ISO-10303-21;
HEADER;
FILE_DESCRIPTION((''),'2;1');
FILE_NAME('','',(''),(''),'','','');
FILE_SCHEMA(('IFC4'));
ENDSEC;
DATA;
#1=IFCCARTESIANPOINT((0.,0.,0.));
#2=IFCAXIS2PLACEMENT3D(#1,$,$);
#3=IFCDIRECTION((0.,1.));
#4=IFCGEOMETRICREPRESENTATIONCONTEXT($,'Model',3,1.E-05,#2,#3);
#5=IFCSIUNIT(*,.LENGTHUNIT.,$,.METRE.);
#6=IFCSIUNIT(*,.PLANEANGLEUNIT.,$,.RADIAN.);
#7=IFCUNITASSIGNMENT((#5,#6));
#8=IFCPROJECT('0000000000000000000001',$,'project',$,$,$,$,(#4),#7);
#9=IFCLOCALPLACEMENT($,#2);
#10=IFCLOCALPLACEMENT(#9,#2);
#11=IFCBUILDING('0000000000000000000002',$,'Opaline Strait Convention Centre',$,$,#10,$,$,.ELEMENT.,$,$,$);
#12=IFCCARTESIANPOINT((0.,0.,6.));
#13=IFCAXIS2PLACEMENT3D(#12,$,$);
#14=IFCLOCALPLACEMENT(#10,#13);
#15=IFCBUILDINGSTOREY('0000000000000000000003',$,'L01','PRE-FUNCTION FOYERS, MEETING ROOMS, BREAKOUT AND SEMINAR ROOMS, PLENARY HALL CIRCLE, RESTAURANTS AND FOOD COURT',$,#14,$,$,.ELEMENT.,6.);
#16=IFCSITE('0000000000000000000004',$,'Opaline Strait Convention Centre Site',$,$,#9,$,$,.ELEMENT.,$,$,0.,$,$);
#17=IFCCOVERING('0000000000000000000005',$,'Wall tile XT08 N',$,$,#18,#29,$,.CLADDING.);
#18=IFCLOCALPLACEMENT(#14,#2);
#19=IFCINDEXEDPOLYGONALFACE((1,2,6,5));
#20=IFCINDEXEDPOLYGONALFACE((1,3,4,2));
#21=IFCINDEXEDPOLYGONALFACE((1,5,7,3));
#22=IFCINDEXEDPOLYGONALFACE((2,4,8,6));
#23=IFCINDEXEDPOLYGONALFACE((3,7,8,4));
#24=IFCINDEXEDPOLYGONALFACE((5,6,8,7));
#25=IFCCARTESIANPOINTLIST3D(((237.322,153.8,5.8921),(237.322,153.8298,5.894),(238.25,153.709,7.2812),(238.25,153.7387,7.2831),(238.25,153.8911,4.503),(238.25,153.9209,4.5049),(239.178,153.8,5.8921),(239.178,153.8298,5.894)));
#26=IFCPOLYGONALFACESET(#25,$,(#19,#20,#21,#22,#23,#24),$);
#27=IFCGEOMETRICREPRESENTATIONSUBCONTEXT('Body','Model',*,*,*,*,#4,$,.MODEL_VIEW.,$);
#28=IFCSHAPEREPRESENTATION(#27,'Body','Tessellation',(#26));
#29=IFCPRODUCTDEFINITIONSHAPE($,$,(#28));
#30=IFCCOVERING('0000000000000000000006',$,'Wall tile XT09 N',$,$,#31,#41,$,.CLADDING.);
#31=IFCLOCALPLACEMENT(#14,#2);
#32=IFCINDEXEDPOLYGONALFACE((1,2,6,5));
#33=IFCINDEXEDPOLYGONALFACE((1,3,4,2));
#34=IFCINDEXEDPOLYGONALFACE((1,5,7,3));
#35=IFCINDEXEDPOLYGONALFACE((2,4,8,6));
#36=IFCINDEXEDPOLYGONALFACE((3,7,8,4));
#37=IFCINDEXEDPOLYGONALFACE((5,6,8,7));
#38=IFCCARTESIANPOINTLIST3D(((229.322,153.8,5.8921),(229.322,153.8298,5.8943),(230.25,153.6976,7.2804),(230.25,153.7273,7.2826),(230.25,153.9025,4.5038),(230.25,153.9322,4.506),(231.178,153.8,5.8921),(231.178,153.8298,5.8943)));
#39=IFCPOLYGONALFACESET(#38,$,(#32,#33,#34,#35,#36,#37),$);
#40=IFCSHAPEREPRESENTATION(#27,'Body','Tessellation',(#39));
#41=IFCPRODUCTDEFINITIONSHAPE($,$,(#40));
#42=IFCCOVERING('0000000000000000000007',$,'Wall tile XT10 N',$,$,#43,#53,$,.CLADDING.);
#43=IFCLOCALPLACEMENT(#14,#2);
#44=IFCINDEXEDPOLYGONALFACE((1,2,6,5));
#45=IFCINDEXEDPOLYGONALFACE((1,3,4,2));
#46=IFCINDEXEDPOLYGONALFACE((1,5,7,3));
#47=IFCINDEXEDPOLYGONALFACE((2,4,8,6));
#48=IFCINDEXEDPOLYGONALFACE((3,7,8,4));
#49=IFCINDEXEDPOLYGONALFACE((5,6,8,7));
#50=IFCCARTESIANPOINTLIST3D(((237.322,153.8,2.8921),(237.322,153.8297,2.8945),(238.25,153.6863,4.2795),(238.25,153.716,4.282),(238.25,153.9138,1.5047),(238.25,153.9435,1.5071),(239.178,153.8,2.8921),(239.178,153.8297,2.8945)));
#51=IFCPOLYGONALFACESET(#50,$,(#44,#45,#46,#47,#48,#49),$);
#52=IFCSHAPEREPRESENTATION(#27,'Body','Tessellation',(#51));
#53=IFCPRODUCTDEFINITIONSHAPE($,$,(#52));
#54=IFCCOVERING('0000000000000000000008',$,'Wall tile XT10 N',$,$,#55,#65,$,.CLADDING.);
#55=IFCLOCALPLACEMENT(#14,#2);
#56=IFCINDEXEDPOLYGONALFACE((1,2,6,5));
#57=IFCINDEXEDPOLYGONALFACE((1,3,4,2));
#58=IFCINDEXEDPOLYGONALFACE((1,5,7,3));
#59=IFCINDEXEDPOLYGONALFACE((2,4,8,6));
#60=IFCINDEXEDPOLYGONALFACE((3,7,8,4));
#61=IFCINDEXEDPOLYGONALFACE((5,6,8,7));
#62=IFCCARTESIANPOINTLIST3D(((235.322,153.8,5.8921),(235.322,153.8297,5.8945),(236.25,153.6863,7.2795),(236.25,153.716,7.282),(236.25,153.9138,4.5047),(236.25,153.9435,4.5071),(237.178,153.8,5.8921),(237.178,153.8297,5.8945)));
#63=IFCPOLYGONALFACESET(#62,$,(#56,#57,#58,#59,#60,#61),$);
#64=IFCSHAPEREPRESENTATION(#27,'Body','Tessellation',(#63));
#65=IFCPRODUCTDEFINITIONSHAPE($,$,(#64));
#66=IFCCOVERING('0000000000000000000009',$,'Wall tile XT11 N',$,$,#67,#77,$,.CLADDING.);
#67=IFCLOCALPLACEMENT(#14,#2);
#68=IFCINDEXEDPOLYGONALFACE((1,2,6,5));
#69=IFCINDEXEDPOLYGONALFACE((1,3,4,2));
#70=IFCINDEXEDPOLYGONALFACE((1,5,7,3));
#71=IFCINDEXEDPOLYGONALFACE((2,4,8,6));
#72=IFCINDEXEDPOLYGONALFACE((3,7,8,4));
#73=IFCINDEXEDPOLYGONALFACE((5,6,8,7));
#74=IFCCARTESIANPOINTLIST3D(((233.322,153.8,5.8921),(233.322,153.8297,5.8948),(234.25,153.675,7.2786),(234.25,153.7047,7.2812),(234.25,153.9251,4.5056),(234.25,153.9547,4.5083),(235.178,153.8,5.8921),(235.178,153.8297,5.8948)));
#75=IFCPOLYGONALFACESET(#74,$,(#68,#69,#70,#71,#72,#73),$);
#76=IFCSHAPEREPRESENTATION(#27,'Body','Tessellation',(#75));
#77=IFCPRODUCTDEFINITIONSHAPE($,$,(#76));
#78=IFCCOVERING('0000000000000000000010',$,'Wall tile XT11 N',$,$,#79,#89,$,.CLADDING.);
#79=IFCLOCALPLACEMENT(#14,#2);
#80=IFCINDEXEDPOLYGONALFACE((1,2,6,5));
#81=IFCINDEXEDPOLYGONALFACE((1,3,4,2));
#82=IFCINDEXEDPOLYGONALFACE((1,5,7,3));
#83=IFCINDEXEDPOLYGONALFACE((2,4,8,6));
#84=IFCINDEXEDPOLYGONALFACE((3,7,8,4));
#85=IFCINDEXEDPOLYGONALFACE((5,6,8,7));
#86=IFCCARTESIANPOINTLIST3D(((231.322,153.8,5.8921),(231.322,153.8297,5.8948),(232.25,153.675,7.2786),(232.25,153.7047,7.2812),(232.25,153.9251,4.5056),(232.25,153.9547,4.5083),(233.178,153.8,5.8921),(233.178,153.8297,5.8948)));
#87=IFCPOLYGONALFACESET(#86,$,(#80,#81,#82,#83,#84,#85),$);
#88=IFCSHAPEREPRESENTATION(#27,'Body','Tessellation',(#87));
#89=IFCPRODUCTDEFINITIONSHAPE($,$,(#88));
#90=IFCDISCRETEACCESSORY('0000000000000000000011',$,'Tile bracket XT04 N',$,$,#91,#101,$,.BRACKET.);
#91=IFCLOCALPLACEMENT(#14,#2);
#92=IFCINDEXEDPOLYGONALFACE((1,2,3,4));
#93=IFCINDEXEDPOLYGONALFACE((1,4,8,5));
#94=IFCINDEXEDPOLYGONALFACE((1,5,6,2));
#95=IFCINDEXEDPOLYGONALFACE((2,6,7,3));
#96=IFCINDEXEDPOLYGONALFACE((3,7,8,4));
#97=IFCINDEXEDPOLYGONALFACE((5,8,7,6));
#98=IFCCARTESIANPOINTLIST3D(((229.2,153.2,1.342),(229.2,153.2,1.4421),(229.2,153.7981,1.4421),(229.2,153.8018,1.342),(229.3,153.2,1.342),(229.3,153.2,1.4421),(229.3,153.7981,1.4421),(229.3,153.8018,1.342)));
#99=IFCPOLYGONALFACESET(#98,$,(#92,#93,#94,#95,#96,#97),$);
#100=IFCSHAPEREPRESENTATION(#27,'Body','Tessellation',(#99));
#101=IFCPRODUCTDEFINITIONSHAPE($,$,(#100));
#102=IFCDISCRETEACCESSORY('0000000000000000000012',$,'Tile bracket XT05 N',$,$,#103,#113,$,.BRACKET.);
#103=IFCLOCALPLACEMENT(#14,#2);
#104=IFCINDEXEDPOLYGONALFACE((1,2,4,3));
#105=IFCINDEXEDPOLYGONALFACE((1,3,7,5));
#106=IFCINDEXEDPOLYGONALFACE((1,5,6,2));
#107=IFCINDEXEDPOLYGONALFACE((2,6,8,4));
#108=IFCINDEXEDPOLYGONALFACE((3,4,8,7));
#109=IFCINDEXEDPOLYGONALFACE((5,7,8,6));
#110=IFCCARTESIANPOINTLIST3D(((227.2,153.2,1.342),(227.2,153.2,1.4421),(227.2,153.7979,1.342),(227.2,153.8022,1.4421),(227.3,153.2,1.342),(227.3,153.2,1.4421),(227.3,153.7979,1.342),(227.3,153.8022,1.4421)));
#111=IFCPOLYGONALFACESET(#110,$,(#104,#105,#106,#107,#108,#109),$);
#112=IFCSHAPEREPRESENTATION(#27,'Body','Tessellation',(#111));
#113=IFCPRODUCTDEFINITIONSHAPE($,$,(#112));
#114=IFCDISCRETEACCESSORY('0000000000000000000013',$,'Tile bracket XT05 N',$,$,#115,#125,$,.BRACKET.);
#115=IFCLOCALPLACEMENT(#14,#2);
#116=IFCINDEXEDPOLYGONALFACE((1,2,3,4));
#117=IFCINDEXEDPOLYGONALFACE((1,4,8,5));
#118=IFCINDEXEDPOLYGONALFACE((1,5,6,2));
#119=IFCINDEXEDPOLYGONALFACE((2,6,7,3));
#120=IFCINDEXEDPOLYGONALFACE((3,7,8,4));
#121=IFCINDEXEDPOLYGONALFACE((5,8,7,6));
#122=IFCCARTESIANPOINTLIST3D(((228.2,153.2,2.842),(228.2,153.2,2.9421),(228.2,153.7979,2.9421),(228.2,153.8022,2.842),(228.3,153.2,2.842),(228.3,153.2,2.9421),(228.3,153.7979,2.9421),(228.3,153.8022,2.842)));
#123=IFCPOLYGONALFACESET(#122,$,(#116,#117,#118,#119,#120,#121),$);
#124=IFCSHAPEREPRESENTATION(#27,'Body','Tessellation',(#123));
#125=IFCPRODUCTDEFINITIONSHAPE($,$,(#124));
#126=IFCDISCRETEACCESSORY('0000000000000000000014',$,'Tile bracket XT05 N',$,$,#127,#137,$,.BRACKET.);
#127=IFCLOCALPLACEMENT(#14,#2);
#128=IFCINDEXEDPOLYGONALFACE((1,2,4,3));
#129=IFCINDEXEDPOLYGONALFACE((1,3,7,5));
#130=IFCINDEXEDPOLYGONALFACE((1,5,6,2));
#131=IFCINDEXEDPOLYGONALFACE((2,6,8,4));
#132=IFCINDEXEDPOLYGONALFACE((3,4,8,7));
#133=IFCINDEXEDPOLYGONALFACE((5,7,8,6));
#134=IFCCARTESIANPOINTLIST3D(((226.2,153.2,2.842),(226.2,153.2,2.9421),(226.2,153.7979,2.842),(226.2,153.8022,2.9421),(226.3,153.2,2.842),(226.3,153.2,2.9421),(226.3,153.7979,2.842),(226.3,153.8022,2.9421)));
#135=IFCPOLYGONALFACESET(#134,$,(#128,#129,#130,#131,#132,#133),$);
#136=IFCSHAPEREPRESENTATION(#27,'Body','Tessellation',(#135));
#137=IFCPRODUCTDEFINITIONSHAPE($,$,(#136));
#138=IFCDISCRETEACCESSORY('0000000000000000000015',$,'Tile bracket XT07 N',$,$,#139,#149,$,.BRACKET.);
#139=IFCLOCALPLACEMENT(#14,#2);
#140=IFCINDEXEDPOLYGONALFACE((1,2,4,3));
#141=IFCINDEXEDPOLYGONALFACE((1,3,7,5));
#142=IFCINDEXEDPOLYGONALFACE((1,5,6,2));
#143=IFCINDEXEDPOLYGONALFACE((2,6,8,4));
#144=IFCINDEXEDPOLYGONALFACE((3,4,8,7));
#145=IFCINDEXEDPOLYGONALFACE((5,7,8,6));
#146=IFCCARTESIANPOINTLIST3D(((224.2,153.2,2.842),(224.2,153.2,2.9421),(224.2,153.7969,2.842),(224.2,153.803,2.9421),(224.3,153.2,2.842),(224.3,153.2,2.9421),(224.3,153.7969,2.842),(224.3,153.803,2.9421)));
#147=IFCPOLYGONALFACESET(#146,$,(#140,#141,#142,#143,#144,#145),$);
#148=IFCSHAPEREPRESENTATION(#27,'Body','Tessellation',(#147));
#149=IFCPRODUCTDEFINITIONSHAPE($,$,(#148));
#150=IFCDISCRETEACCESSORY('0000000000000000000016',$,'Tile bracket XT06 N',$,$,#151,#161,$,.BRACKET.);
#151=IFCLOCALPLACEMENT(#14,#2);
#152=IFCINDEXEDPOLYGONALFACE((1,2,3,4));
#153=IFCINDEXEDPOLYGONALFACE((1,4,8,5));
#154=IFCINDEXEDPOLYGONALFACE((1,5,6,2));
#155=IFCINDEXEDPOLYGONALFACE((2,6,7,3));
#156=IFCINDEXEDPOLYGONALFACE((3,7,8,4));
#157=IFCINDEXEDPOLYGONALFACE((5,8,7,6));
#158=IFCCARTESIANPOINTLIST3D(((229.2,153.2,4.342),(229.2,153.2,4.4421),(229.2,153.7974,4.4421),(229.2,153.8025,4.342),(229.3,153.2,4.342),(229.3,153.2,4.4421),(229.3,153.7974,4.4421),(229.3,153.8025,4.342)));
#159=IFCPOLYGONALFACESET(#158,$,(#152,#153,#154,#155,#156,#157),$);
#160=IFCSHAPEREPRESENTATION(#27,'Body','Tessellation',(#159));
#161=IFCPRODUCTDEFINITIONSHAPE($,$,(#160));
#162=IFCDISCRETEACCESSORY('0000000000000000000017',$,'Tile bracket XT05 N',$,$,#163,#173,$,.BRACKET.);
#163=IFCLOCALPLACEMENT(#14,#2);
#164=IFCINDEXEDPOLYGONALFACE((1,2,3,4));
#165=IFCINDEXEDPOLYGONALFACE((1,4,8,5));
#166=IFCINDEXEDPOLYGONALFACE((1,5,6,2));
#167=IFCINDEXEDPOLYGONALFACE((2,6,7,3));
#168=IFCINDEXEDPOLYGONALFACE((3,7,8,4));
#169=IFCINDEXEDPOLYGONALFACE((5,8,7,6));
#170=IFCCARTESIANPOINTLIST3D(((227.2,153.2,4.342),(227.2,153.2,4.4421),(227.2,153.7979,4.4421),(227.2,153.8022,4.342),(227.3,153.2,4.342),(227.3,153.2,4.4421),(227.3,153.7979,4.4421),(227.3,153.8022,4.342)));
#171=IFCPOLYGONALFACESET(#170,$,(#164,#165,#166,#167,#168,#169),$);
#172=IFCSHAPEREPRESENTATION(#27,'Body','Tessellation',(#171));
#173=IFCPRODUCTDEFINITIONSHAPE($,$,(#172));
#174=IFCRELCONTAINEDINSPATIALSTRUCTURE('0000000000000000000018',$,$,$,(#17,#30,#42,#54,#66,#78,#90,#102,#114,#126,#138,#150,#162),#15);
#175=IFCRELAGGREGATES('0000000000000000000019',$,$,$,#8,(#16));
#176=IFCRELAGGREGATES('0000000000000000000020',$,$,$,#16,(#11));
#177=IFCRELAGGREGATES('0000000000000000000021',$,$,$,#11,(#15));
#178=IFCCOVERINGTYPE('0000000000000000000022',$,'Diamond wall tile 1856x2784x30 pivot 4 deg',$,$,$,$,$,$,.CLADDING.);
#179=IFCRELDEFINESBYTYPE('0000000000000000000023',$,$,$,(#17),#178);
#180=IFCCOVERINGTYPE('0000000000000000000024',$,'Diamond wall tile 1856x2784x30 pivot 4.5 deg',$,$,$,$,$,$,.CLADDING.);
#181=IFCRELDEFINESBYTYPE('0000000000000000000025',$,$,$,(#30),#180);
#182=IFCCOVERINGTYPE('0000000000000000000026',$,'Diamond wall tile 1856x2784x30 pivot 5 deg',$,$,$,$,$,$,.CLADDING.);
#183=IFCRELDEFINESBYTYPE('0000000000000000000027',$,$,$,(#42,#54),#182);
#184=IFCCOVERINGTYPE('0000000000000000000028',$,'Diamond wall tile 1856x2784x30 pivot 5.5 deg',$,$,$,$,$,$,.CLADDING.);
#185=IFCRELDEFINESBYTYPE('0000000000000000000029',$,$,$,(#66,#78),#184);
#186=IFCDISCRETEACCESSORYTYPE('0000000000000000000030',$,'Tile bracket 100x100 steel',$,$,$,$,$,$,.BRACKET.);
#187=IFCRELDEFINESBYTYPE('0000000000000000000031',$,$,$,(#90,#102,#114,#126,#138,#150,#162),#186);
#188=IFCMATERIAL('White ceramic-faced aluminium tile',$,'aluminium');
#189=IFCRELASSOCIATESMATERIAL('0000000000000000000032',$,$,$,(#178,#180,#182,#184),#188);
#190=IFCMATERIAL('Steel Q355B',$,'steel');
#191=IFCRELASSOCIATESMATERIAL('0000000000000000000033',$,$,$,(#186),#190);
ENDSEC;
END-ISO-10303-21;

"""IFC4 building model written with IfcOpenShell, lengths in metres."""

from ifc_helpers import new_model, si_unit, direction, frame, origin, place, context, subcontext, project, spatial, polyline, outline, extrude, material, material_profile, profile_set, type_object, element, save


model = new_model("IFC4")

# Units and contexts
model_context = context("Model", 3, precision=1e-05, world=origin(), true_north=direction((0.0, 1.0)))
body_context = subcontext(model_context, "Body", "Model", "MODEL_VIEW")
ifc_project = project(units=[si_unit("LENGTHUNIT", "METRE"), si_unit("PLANEANGLEUNIT", "RADIAN")], contexts=[model_context])

# Site, building, storey
site_placement = place(None, origin())
site = spatial("IfcSite", under=ifc_project, at=site_placement, Name="Opaline Strait Convention Centre Site", CompositionType="ELEMENT", RefElevation=0.0)
building_placement = place(site_placement, origin())
building = spatial("IfcBuilding", under=site, at=building_placement, Name="Opaline Strait Convention Centre", CompositionType="ELEMENT")
storey_placement = place(building_placement, frame((0.0, 0.0, 6.0)))
storey = spatial("IfcBuildingStorey", under=building, at=storey_placement, Name="L01", Description="PRE-FUNCTION FOYERS, MEETING ROOMS, BREAKOUT AND SEMINAR ROOMS, PLENARY HALL CIRCLE, RESTAURANTS AND FOOD COURT", CompositionType="ELEMENT", Elevation=6.0)

# Shared definitions
ifc_material_1 = material(Name="Steel Q355B", Category="steel")

# Coverings
ifc_material_2 = material(Name="White ceramic-faced aluminium tile", Category="aluminium")
ifc_material_profile_1 = material_profile(ifc_material_2, outline(polyline([(0.928, 0.0), (0.0, 1.3921), (-0.928, 0.0), (0.0, -1.3921), (0.928, 0.0)])), Name="Diamond tile 1856x2784")
ifc_profile_set_1 = profile_set([ifc_material_profile_1], Name="White ceramic-faced aluminium tile")
covering_type_1 = type_object("IfcCoveringType", Name="Diamond wall tile 1856x2784x30 pivot 4 deg", PredefinedType="CLADDING", material=ifc_profile_set_1)
covering_1_placement = place(storey_placement, frame((238.25, 153.8, 5.8921), z_axis=(0.0, 0.997857, 0.065433), x_axis=(-1.0, 0.0, 0.0)))
element("IfcCovering", 1, at=covering_1_placement, inside=storey, type_object=covering_type_1, Name="Wall tile XT08 N", PredefinedType="CLADDING", context=body_context, shape_type="SweptSolid", body=[
    extrude(outline(polyline([(0.928, 0.0), (0.0, 1.3921), (-0.928, 0.0), (0.0, -1.3921), (0.928, 0.0)])), origin(), (0.0, 0.0, 1.0), 0.0298),
])
ifc_material_profile_2 = material_profile(ifc_material_2, outline(polyline([(0.928, 0.0), (0.0, 1.3921), (-0.928, 0.0), (0.0, -1.3921), (0.928, 0.0)])), Name="Diamond tile 1856x2784")
ifc_profile_set_2 = profile_set([ifc_material_profile_2], Name="White ceramic-faced aluminium tile")
covering_type_2 = type_object("IfcCoveringType", Name="Diamond wall tile 1856x2784x30 pivot 4.5 deg", PredefinedType="CLADDING", material=ifc_profile_set_2)
covering_2_placement = place(storey_placement, frame((230.25, 153.8, 5.8921), z_axis=(0.0, 0.99729, 0.073571), x_axis=(-1.0, 0.0, 0.0)))
element("IfcCovering", 2, at=covering_2_placement, inside=storey, type_object=covering_type_2, Name="Wall tile XT09 N", PredefinedType="CLADDING", context=body_context, shape_type="SweptSolid", body=[
    extrude(outline(polyline([(0.928, 0.0), (0.0, 1.3921), (-0.928, 0.0), (0.0, -1.3921), (0.928, 0.0)])), origin(), (0.0, 0.0, 1.0), 0.0298),
])
ifc_material_profile_3 = material_profile(ifc_material_2, outline(polyline([(0.928, 0.0), (0.0, 1.3921), (-0.928, 0.0), (0.0, -1.3921), (0.928, 0.0)])), Name="Diamond tile 1856x2784")
ifc_profile_set_3 = profile_set([ifc_material_profile_3], Name="White ceramic-faced aluminium tile")
covering_type_3 = type_object("IfcCoveringType", Name="Diamond wall tile 1856x2784x30 pivot 5 deg", PredefinedType="CLADDING", material=ifc_profile_set_3)
for number, where, z_axis, x_axis, name in (
    (3, (238.25, 153.8, 2.8921), (0.0, 0.996658, 0.081693), (-1.0, 0.0, 0.0), "Wall tile XT10 N"),
    (4, (236.25, 153.8, 5.8921), (0.0, 0.996658, 0.081693), (-1.0, 0.0, 0.0), "Wall tile XT10 N"),
):
    element("IfcCovering", number, at=place(storey_placement, frame(where, z_axis=z_axis, x_axis=x_axis)), inside=storey, type_object=covering_type_3, Name=name, PredefinedType="CLADDING", context=body_context, shape_type="SweptSolid", body=[
        extrude(outline(polyline([(0.928, 0.0), (0.0, 1.3921), (-0.928, 0.0), (0.0, -1.3921), (0.928, 0.0)])), origin(), (0.0, 0.0, 1.0), 0.0298),
    ])
ifc_material_profile_4 = material_profile(ifc_material_2, outline(polyline([(0.928, 0.0), (0.0, 1.3921), (-0.928, 0.0), (0.0, -1.3921), (0.928, 0.0)])), Name="Diamond tile 1856x2784")
ifc_profile_set_4 = profile_set([ifc_material_profile_4], Name="White ceramic-faced aluminium tile")
covering_type_4 = type_object("IfcCoveringType", Name="Diamond wall tile 1856x2784x30 pivot 5.5 deg", PredefinedType="CLADDING", material=ifc_profile_set_4)
for number, where, z_axis, x_axis, name in (
    (5, (234.25, 153.8, 5.8921), (0.0, 0.99596, 0.0898), (-1.0, 0.0, 0.0), "Wall tile XT11 N"),
    (6, (232.25, 153.8, 5.8921), (0.0, 0.99596, 0.0898), (-1.0, 0.0, 0.0), "Wall tile XT11 N"),
):
    element("IfcCovering", number, at=place(storey_placement, frame(where, z_axis=z_axis, x_axis=x_axis)), inside=storey, type_object=covering_type_4, Name=name, PredefinedType="CLADDING", context=body_context, shape_type="SweptSolid", body=[
        extrude(outline(polyline([(0.928, 0.0), (0.0, 1.3921), (-0.928, 0.0), (0.0, -1.3921), (0.928, 0.0)])), origin(), (0.0, 0.0, 1.0), 0.0298),
    ])

# Discrete accessories
discrete_accessory_type = type_object("IfcDiscreteAccessoryType", Name="Tile bracket 100x100 steel", PredefinedType="BRACKET", material=ifc_material_1)
discrete_accessory_1_placement = place(storey_placement, frame((229.3, 153.2, 1.3921), z_axis=(-1.0, 0.0, 0.0), x_axis=(0.0, -1.0, 0.0)))
element("IfcDiscreteAccessory", 7, at=discrete_accessory_1_placement, inside=storey, type_object=discrete_accessory_type, Name="Tile bracket XT04 N", PredefinedType="BRACKET", context=body_context, shape_type="SweptSolid", body=[
    extrude(outline(polyline([(0.0, -0.05), (0.0, 0.05), (-0.5981, 0.05), (-0.6018, -0.05), (0.0, -0.05)])), origin(), (0.0, 0.0, 1.0), 0.1001),
])
discrete_accessory_2_placement = place(storey_placement, frame((227.3, 153.2, 1.3921), z_axis=(-1.0, 0.0, 0.0), x_axis=(0.0, -1.0, 0.0)))
element("IfcDiscreteAccessory", 8, at=discrete_accessory_2_placement, inside=storey, type_object=discrete_accessory_type, Name="Tile bracket XT05 N", PredefinedType="BRACKET", context=body_context, shape_type="SweptSolid", body=[
    extrude(outline(polyline([(0.0, -0.05), (0.0, 0.05), (-0.6023, 0.05), (-0.5979, -0.05), (0.0, -0.05)])), origin(), (0.0, 0.0, 1.0), 0.1001),
])
discrete_accessory_3_placement = place(storey_placement, frame((228.3, 153.2, 2.8921), z_axis=(-1.0, 0.0, 0.0), x_axis=(0.0, -1.0, 0.0)))
element("IfcDiscreteAccessory", 9, at=discrete_accessory_3_placement, inside=storey, type_object=discrete_accessory_type, Name="Tile bracket XT05 N", PredefinedType="BRACKET", context=body_context, shape_type="SweptSolid", body=[
    extrude(outline(polyline([(0.0, -0.05), (0.0, 0.05), (-0.5979, 0.05), (-0.6023, -0.05), (0.0, -0.05)])), origin(), (0.0, 0.0, 1.0), 0.1001),
])
discrete_accessory_4_placement = place(storey_placement, frame((226.3, 153.2, 2.8921), z_axis=(-1.0, 0.0, 0.0), x_axis=(0.0, -1.0, 0.0)))
element("IfcDiscreteAccessory", 10, at=discrete_accessory_4_placement, inside=storey, type_object=discrete_accessory_type, Name="Tile bracket XT05 N", PredefinedType="BRACKET", context=body_context, shape_type="SweptSolid", body=[
    extrude(outline(polyline([(0.0, -0.05), (0.0, 0.05), (-0.6023, 0.05), (-0.5979, -0.05), (0.0, -0.05)])), origin(), (0.0, 0.0, 1.0), 0.1001),
])
discrete_accessory_5_placement = place(storey_placement, frame((224.3, 153.2, 2.8921), z_axis=(-1.0, 0.0, 0.0), x_axis=(0.0, -1.0, 0.0)))
element("IfcDiscreteAccessory", 11, at=discrete_accessory_5_placement, inside=storey, type_object=discrete_accessory_type, Name="Tile bracket XT07 N", PredefinedType="BRACKET", context=body_context, shape_type="SweptSolid", body=[
    extrude(outline(polyline([(0.0, -0.05), (0.0, 0.05), (-0.603, 0.05), (-0.5969, -0.05), (0.0, -0.05)])), origin(), (0.0, 0.0, 1.0), 0.1001),
])
discrete_accessory_6_placement = place(storey_placement, frame((229.3, 153.2, 4.3921), z_axis=(-1.0, 0.0, 0.0), x_axis=(0.0, -1.0, 0.0)))
element("IfcDiscreteAccessory", 12, at=discrete_accessory_6_placement, inside=storey, type_object=discrete_accessory_type, Name="Tile bracket XT06 N", PredefinedType="BRACKET", context=body_context, shape_type="SweptSolid", body=[
    extrude(outline(polyline([(0.0, -0.05), (0.0, 0.05), (-0.5974, 0.05), (-0.6025, -0.05), (0.0, -0.05)])), origin(), (0.0, 0.0, 1.0), 0.1001),
])
discrete_accessory_7_placement = place(storey_placement, frame((227.3, 153.2, 4.3921), z_axis=(-1.0, 0.0, 0.0), x_axis=(0.0, -1.0, 0.0)))
element("IfcDiscreteAccessory", 13, at=discrete_accessory_7_placement, inside=storey, type_object=discrete_accessory_type, Name="Tile bracket XT05 N", PredefinedType="BRACKET", context=body_context, shape_type="SweptSolid", body=[
    extrude(outline(polyline([(0.0, -0.05), (0.0, 0.05), (-0.5979, 0.05), (-0.6023, -0.05), (0.0, -0.05)])), origin(), (0.0, 0.0, 1.0), 0.1001),
])

save(model, "model.ifc")
